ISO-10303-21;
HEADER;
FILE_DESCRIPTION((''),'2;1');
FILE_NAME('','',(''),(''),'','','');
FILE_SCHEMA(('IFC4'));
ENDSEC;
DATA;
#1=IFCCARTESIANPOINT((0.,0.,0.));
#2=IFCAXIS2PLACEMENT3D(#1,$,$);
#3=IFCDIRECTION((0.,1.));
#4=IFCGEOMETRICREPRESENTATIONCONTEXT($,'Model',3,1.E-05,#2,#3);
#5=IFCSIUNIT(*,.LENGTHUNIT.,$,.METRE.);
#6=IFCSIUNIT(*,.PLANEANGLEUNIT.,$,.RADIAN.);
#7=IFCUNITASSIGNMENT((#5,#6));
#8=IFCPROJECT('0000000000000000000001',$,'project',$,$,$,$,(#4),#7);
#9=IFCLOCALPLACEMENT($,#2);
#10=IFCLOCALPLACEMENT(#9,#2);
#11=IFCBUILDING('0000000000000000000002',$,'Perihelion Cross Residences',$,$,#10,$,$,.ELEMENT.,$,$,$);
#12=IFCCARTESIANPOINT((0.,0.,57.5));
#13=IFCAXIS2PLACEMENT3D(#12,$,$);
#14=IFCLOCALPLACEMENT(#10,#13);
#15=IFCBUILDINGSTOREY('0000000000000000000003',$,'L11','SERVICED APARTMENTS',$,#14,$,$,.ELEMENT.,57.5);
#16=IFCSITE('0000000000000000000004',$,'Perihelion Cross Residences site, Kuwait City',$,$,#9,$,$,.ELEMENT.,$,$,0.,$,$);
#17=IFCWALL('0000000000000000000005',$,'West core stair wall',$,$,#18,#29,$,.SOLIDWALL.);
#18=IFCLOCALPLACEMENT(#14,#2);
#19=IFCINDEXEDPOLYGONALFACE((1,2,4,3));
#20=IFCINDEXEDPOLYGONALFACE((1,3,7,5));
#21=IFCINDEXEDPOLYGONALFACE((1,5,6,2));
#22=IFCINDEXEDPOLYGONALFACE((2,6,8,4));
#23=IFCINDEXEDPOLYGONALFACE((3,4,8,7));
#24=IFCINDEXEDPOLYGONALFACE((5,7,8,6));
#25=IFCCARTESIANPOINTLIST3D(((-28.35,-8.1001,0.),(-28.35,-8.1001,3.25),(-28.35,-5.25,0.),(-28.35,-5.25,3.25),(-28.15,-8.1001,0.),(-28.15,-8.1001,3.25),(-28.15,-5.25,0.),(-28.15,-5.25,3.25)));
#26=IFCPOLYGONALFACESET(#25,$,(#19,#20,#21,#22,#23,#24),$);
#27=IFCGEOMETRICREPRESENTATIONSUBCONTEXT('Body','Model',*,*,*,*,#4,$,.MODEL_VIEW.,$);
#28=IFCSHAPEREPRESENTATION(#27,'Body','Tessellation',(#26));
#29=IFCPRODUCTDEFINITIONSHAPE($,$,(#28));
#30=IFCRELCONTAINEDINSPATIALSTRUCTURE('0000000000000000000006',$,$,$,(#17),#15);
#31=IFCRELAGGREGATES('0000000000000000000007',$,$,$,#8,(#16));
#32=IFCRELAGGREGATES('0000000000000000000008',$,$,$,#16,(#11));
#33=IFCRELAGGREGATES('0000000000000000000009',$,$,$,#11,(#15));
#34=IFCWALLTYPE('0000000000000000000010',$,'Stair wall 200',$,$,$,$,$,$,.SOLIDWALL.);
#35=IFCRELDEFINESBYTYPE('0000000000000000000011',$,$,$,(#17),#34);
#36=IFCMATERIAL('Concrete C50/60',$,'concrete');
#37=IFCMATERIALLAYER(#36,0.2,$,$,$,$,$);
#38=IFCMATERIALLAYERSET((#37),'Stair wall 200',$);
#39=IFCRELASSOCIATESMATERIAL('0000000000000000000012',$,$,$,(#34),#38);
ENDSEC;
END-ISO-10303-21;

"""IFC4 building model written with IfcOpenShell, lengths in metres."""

from ifc_helpers import new_model, si_unit, direction, frame, frame_2d, origin, place, context, subcontext, project, spatial, rectangle, extrude, material, layer, layer_set, type_object, element, save


model = new_model("IFC4")

# Units and contexts
model_context = context("Model", 3, precision=1e-05, world=origin(), true_north=direction((0.0, 1.0)))
body_context = subcontext(model_context, "Body", "Model", "MODEL_VIEW")
ifc_project = project(units=[si_unit("LENGTHUNIT", "METRE"), si_unit("PLANEANGLEUNIT", "RADIAN")], contexts=[model_context])

# Site, building, storey
site_placement = place(None, origin())
site = spatial("IfcSite", under=ifc_project, at=site_placement, Name="Perihelion Cross Residences site, Kuwait City", CompositionType="ELEMENT", RefElevation=0.0)
building_placement = place(site_placement, origin())
building = spatial("IfcBuilding", under=site, at=building_placement, Name="Perihelion Cross Residences", CompositionType="ELEMENT")
storey_placement = place(building_placement, frame((0.0, 0.0, 57.5)))
storey = spatial("IfcBuildingStorey", under=building, at=storey_placement, Name="L11", Description="SERVICED APARTMENTS", CompositionType="ELEMENT", Elevation=57.5)

# Shared definitions
ifc_material_1 = material(Name="Concrete C50/60", Category="concrete")
ifc_layer_1 = layer(ifc_material_1, 0.2)
ifc_layer_set_1 = layer_set([ifc_layer_1], Name="Stair wall 200")
wall_type_1 = type_object("IfcWallType", Name="Stair wall 200", PredefinedType="SOLIDWALL", material=ifc_layer_set_1)

# Wall
wall_1_placement = place(storey_placement, frame((-28.25, -8.1001, 0.0), z_axis=(0.0, 0.0, 1.0), x_axis=(0.0, 1.0, 0.0)))
element("IfcWall", 1, at=wall_1_placement, inside=storey, type_object=wall_type_1, Name="West core stair wall", PredefinedType="SOLIDWALL", context=body_context, shape_type="SweptSolid", body=[
    extrude(rectangle(XDim=2.8501, YDim=0.2, at=frame_2d((1.425, 0.0))), origin(), (0.0, 0.0, 1.0), 3.25),
])

save(model, "model.ifc")
